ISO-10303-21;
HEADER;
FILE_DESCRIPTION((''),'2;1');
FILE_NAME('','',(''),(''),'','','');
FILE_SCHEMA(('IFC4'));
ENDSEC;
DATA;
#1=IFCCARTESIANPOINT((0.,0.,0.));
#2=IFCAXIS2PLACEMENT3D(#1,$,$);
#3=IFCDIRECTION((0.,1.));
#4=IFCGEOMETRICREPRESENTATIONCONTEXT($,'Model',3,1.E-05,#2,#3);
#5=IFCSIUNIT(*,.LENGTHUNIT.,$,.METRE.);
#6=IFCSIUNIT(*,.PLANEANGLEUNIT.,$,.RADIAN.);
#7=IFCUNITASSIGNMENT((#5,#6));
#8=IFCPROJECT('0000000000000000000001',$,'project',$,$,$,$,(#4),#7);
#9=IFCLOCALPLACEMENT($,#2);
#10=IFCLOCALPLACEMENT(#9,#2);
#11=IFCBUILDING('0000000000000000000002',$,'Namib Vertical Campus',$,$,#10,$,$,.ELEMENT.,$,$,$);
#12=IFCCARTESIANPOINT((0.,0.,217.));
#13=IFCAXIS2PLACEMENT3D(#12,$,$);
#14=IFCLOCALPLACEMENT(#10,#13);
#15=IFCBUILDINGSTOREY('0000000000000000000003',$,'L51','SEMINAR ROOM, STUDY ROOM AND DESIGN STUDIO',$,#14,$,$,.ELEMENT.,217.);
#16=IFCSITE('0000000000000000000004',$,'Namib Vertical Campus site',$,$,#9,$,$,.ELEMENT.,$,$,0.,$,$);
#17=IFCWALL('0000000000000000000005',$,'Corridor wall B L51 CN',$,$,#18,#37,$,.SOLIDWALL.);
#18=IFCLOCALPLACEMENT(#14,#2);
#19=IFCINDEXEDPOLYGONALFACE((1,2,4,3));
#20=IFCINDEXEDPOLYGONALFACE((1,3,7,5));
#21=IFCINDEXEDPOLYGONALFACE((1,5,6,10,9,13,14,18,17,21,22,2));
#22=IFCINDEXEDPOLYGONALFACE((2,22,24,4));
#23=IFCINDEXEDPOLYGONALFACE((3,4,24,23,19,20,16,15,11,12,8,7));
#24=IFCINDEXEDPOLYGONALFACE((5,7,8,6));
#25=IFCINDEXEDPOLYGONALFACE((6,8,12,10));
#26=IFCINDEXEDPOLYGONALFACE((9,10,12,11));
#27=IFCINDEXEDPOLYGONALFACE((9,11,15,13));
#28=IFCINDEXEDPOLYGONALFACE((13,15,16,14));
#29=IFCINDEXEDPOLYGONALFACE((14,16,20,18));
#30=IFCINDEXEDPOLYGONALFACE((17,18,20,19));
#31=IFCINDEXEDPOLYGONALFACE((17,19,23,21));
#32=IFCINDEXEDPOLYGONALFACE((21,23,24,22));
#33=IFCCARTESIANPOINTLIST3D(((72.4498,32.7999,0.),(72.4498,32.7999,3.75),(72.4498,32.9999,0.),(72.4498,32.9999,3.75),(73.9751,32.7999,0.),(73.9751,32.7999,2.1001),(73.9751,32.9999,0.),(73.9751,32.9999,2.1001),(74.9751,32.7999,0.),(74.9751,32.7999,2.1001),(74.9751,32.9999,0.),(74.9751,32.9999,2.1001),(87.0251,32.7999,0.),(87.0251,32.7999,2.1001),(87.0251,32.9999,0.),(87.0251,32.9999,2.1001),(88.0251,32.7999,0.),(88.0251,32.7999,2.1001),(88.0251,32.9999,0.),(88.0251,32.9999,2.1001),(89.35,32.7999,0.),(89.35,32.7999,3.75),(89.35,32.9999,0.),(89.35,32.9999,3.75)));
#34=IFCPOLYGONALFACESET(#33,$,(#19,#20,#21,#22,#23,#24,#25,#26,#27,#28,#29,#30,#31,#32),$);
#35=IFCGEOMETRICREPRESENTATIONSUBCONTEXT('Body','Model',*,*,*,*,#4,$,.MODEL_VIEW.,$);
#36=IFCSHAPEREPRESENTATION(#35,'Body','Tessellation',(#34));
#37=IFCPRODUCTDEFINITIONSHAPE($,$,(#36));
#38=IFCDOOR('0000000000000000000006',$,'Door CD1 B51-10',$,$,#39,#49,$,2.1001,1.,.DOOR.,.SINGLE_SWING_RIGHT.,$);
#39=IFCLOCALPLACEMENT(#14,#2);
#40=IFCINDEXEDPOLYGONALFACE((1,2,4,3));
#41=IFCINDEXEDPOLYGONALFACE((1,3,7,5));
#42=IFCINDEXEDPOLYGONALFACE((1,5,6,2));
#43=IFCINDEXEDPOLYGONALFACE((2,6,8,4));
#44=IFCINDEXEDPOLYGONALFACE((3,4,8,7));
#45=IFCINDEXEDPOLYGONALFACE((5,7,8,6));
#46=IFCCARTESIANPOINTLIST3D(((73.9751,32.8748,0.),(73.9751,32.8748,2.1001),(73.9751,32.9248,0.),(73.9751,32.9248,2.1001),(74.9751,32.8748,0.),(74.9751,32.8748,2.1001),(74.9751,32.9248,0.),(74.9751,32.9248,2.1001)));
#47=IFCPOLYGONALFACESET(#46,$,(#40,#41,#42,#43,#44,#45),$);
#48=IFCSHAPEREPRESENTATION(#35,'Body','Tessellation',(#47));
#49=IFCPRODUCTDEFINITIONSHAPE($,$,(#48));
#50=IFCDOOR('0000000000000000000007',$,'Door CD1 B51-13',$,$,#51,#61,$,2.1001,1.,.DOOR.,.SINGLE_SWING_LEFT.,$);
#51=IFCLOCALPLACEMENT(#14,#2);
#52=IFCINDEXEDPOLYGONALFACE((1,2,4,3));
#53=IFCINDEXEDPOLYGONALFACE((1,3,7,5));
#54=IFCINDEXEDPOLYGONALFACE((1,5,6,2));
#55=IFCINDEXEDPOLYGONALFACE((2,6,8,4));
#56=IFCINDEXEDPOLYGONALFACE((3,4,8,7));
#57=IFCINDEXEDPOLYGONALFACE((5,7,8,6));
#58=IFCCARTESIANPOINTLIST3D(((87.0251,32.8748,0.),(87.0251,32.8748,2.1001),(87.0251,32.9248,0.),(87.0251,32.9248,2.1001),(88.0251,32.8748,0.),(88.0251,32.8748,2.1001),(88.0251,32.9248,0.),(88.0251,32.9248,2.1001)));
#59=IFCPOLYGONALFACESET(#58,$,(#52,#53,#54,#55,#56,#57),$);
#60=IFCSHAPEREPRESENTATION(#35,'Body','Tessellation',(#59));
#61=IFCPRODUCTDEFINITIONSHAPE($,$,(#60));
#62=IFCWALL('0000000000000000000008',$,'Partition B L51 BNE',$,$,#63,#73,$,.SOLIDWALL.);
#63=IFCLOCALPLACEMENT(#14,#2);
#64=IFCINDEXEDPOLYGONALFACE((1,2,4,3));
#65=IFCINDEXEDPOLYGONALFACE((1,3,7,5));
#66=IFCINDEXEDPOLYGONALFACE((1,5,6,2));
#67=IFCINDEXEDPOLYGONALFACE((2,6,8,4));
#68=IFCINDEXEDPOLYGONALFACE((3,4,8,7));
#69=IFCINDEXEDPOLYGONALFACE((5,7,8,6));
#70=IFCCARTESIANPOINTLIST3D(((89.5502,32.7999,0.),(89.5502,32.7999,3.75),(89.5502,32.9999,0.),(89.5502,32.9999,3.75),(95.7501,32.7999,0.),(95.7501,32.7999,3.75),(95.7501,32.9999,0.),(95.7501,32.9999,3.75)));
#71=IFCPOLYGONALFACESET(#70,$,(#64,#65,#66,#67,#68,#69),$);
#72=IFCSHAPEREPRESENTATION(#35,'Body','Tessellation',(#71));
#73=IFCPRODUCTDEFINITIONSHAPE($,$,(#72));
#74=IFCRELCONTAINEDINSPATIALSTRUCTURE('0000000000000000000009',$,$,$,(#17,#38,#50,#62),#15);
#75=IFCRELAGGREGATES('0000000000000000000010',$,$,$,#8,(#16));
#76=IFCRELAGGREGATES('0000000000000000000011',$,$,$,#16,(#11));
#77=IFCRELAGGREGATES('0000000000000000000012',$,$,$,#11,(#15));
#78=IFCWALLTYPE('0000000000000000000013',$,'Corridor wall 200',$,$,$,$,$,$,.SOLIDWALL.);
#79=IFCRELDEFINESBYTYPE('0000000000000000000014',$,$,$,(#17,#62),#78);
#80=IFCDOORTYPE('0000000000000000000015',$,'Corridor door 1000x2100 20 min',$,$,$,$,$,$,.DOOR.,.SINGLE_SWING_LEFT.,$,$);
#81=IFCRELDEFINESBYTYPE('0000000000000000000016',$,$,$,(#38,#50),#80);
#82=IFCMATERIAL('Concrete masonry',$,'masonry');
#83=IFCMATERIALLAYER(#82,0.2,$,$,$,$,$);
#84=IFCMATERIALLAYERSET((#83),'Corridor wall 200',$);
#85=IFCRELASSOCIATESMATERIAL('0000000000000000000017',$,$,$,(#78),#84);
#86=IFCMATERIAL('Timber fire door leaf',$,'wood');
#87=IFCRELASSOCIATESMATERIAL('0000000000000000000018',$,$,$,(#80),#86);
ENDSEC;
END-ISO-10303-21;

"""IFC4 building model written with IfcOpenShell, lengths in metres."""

from ifc_helpers import new_model, si_unit, direction, frame, frame_2d, origin, place, context, subcontext, project, spatial, rectangle, extrude, material, layer, layer_set, type_object, element, fill, save


model = new_model("IFC4")

# Units and contexts
model_context = context("Model", 3, precision=1e-05, world=origin(), true_north=direction((0.0, 1.0)))
body_context = subcontext(model_context, "Body", "Model", "MODEL_VIEW")
ifc_project = project(units=[si_unit("LENGTHUNIT", "METRE"), si_unit("PLANEANGLEUNIT", "RADIAN")], contexts=[model_context])

# Site, building, storey
site_placement = place(None, origin())
site = spatial("IfcSite", under=ifc_project, at=site_placement, Name="Namib Vertical Campus site", CompositionType="ELEMENT", RefElevation=0.0)
building_placement = place(site_placement, origin())
building = spatial("IfcBuilding", under=site, at=building_placement, Name="Namib Vertical Campus", CompositionType="ELEMENT")
storey_placement = place(building_placement, frame((0.0, 0.0, 217.0)))
storey = spatial("IfcBuildingStorey", under=building, at=storey_placement, Name="L51", Description="SEMINAR ROOM, STUDY ROOM AND DESIGN STUDIO", CompositionType="ELEMENT", Elevation=217.0)

# Wall, openings, doors
ifc_material_1 = material(Name="Concrete masonry", Category="masonry")
ifc_layer_1 = layer(ifc_material_1, 0.2)
ifc_layer_set_1 = layer_set([ifc_layer_1], Name="Corridor wall 200")
wall_type_1 = type_object("IfcWallType", Name="Corridor wall 200", PredefinedType="SOLIDWALL", material=ifc_layer_set_1)
wall_1_placement = place(storey_placement, frame((89.3501, 32.8999, 0.0), z_axis=(0.0, 0.0, 1.0), x_axis=(-1.0, 0.0, 0.0)))
wall_1 = element("IfcWall", 1, at=wall_1_placement, inside=storey, type_object=wall_type_1, Name="Corridor wall B L51 CN", PredefinedType="SOLIDWALL", context=body_context, shape_type="SweptSolid", body=[
    extrude(rectangle(XDim=16.9001, YDim=0.2, at=frame_2d((8.4502, 0.0))), origin(), (0.0, 0.0, 1.0), 3.75),
])
opening_1_placement = place(wall_1_placement, frame((14.375, 0.0, 0.0)))
opening_1 = element("IfcOpeningElement", 2, at=opening_1_placement, cuts=wall_1, PredefinedType="OPENING", context=body_context, shape_type="SweptSolid", body=[
    extrude(rectangle(XDim=1.0, YDim=2.1001, at=frame_2d((0.5, 1.05))), frame((0.0, 0.1099, 0.0), z_axis=(0.0, -1.0, 0.0), x_axis=(1.0, 0.0, 0.0)), (0.0, 0.0, 1.0), 0.22),
])
opening_2_placement = place(wall_1_placement, frame((1.325, 0.0, 0.0)))
opening_2 = element("IfcOpeningElement", 3, at=opening_2_placement, cuts=wall_1, PredefinedType="OPENING", context=body_context, shape_type="SweptSolid", body=[
    extrude(rectangle(XDim=1.0, YDim=2.1001, at=frame_2d((0.5, 1.05))), frame((0.0, 0.1099, 0.0), z_axis=(0.0, -1.0, 0.0), x_axis=(1.0, 0.0, 0.0)), (0.0, 0.0, 1.0), 0.22),
])
ifc_material_2 = material(Name="Timber fire door leaf", Category="wood")
door_type_1 = type_object("IfcDoorType", Name="Corridor door 1000x2100 20 min", OperationType="SINGLE_SWING_LEFT", PredefinedType="DOOR", material=ifc_material_2)
door_1_placement = place(opening_1_placement, frame((1.0, 0.0, 0.0), z_axis=(0.0, 0.0, 1.0), x_axis=(-1.0, 0.0, 0.0)))
door_1 = element("IfcDoor", 4, at=door_1_placement, inside=storey, type_object=door_type_1, Name="Door CD1 B51-10", OperationType="SINGLE_SWING_RIGHT", OverallHeight=2.1001, OverallWidth=1.0, PredefinedType="DOOR", context=body_context, shape_type="SweptSolid", body=[
    extrude(rectangle(XDim=1.0, YDim=2.1001, at=frame_2d((0.5, 1.05))), frame((0.0, 0.0249, 0.0), z_axis=(0.0, -1.0, 0.0), x_axis=(1.0, 0.0, 0.0)), (0.0, 0.0, 1.0), 0.05),
])
fill(opening_1, door_1)
door_2_placement = place(opening_2_placement, frame((1.0, 0.0, 0.0), z_axis=(0.0, 0.0, 1.0), x_axis=(-1.0, 0.0, 0.0)))
door_2 = element("IfcDoor", 5, at=door_2_placement, inside=storey, type_object=door_type_1, Name="Door CD1 B51-13", OperationType="SINGLE_SWING_LEFT", OverallHeight=2.1001, OverallWidth=1.0, PredefinedType="DOOR", context=body_context, shape_type="SweptSolid", body=[
    extrude(rectangle(XDim=1.0, YDim=2.1001, at=frame_2d((0.5, 1.05))), frame((0.0, 0.0249, 0.0), z_axis=(0.0, -1.0, 0.0), x_axis=(1.0, 0.0, 0.0)), (0.0, 0.0, 1.0), 0.05),
])
fill(opening_2, door_2)

# Wall
wall_2_placement = place(storey_placement, frame((89.55, 32.8999, 0.0), z_axis=(0.0, 0.0, 1.0), x_axis=(1.0, 0.0, 0.0)))
element("IfcWall", 6, at=wall_2_placement, inside=storey, type_object=wall_type_1, Name="Partition B L51 BNE", PredefinedType="SOLIDWALL", context=body_context, shape_type="SweptSolid", body=[
    extrude(rectangle(XDim=6.2, YDim=0.2, at=frame_2d((3.1001, 0.0))), origin(), (0.0, 0.0, 1.0), 3.75),
])

save(model, "model.ifc")
